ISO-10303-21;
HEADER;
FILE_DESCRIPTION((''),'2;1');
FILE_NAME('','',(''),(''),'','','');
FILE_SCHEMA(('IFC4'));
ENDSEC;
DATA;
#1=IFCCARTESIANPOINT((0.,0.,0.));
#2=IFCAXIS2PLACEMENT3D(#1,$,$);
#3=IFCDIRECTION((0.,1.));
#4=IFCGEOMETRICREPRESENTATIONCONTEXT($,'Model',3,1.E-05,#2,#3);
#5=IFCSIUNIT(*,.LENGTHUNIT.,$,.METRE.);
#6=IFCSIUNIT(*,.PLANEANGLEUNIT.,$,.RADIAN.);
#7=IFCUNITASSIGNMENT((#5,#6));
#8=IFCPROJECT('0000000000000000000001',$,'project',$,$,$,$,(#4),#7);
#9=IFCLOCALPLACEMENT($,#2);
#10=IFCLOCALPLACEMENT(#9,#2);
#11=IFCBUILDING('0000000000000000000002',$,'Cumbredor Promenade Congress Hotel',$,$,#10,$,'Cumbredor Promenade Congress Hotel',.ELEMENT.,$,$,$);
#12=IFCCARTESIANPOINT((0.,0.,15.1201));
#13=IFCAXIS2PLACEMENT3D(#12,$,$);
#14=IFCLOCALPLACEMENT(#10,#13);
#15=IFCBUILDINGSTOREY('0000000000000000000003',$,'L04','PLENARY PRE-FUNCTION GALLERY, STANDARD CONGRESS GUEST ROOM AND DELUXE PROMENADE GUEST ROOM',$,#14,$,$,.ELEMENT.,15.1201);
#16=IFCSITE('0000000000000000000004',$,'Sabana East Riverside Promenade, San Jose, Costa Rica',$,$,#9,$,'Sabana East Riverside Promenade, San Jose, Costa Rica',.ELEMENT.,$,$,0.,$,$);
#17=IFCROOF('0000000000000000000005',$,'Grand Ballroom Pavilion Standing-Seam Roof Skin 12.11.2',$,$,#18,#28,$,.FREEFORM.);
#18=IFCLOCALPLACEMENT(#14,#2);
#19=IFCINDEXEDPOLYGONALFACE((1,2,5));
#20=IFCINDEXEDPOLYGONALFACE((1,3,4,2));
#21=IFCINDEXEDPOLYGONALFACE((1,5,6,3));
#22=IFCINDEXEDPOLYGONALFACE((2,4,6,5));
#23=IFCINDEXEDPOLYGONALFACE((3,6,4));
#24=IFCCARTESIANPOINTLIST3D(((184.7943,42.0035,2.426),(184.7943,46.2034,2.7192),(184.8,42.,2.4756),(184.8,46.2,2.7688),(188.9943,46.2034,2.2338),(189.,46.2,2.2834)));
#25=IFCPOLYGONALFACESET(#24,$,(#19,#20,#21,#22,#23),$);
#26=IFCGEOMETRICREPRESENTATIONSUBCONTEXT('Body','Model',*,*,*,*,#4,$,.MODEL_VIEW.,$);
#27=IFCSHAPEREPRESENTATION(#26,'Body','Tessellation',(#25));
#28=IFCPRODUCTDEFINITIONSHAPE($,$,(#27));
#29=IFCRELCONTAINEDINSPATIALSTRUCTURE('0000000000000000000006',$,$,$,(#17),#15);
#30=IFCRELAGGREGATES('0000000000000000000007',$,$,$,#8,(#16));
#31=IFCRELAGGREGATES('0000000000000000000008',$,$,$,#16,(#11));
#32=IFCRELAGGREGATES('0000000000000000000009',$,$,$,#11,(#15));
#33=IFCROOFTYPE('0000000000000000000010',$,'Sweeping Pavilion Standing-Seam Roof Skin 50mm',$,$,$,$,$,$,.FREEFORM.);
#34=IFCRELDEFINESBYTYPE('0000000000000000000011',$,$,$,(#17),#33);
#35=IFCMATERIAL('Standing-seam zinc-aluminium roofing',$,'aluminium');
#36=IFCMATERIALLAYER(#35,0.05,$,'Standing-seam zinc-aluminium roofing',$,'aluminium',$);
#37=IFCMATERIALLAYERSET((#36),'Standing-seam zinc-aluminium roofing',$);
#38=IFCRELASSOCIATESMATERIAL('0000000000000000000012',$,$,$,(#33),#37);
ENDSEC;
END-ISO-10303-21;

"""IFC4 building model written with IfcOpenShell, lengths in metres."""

from ifc_helpers import new_model, si_unit, direction, frame, origin, place, context, subcontext, project, spatial, polyline, outline, extrude, material, layer, layer_set, type_object, element, save


model = new_model("IFC4")

# Units and contexts
model_context = context("Model", 3, precision=1e-05, world=origin(), true_north=direction((0.0, 1.0)))
body_context = subcontext(model_context, "Body", "Model", "MODEL_VIEW")
ifc_project = project(units=[si_unit("LENGTHUNIT", "METRE"), si_unit("PLANEANGLEUNIT", "RADIAN")], contexts=[model_context])

# Site, building, storey
site_placement = place(None, origin())
site = spatial("IfcSite", under=ifc_project, at=site_placement, Name="Sabana East Riverside Promenade, San Jose, Costa Rica", LongName="Sabana East Riverside Promenade, San Jose, Costa Rica", CompositionType="ELEMENT", RefElevation=0.0)
building_placement = place(site_placement, origin())
building = spatial("IfcBuilding", under=site, at=building_placement, Name="Cumbredor Promenade Congress Hotel", LongName="Cumbredor Promenade Congress Hotel", CompositionType="ELEMENT")
storey_placement = place(building_placement, frame((0.0, 0.0, 15.1201)))
storey = spatial("IfcBuildingStorey", under=building, at=storey_placement, Name="L04", Description="PLENARY PRE-FUNCTION GALLERY, STANDARD CONGRESS GUEST ROOM AND DELUXE PROMENADE GUEST ROOM", CompositionType="ELEMENT", Elevation=15.1201)

# Roof
ifc_material_1 = material(Name="Standing-seam zinc-aluminium roofing", Category="aluminium")
ifc_layer_1 = layer(ifc_material_1, 0.05, Name="Standing-seam zinc-aluminium roofing", Category="aluminium")
ifc_layer_set_1 = layer_set([ifc_layer_1], Name="Standing-seam zinc-aluminium roofing")
roof_type = type_object("IfcRoofType", Name="Sweeping Pavilion Standing-Seam Roof Skin 50mm", PredefinedType="FREEFORM", material=ifc_layer_set_1)
roof_1_placement = place(storey_placement, frame((184.8, 42.0, 2.4756), z_axis=(0.114522, -0.069186, 0.991009), x_axis=(0.706737, 0.706737, -0.032332)))
element("IfcRoof", 1, at=roof_1_placement, inside=storey, type_object=roof_type, Name="Grand Ballroom Pavilion Standing-Seam Roof Skin 12.11.2", PredefinedType="FREEFORM", context=body_context, shape_type="SweptSolid", body=[
    extrude(outline(polyline([(0.0, 0.0), (5.9427, 0.0), (2.9588, 2.9952), (0.0, 0.0)])), origin(), (0.0, 0.0, -1.0), 0.05),
])

save(model, "model.ifc")
